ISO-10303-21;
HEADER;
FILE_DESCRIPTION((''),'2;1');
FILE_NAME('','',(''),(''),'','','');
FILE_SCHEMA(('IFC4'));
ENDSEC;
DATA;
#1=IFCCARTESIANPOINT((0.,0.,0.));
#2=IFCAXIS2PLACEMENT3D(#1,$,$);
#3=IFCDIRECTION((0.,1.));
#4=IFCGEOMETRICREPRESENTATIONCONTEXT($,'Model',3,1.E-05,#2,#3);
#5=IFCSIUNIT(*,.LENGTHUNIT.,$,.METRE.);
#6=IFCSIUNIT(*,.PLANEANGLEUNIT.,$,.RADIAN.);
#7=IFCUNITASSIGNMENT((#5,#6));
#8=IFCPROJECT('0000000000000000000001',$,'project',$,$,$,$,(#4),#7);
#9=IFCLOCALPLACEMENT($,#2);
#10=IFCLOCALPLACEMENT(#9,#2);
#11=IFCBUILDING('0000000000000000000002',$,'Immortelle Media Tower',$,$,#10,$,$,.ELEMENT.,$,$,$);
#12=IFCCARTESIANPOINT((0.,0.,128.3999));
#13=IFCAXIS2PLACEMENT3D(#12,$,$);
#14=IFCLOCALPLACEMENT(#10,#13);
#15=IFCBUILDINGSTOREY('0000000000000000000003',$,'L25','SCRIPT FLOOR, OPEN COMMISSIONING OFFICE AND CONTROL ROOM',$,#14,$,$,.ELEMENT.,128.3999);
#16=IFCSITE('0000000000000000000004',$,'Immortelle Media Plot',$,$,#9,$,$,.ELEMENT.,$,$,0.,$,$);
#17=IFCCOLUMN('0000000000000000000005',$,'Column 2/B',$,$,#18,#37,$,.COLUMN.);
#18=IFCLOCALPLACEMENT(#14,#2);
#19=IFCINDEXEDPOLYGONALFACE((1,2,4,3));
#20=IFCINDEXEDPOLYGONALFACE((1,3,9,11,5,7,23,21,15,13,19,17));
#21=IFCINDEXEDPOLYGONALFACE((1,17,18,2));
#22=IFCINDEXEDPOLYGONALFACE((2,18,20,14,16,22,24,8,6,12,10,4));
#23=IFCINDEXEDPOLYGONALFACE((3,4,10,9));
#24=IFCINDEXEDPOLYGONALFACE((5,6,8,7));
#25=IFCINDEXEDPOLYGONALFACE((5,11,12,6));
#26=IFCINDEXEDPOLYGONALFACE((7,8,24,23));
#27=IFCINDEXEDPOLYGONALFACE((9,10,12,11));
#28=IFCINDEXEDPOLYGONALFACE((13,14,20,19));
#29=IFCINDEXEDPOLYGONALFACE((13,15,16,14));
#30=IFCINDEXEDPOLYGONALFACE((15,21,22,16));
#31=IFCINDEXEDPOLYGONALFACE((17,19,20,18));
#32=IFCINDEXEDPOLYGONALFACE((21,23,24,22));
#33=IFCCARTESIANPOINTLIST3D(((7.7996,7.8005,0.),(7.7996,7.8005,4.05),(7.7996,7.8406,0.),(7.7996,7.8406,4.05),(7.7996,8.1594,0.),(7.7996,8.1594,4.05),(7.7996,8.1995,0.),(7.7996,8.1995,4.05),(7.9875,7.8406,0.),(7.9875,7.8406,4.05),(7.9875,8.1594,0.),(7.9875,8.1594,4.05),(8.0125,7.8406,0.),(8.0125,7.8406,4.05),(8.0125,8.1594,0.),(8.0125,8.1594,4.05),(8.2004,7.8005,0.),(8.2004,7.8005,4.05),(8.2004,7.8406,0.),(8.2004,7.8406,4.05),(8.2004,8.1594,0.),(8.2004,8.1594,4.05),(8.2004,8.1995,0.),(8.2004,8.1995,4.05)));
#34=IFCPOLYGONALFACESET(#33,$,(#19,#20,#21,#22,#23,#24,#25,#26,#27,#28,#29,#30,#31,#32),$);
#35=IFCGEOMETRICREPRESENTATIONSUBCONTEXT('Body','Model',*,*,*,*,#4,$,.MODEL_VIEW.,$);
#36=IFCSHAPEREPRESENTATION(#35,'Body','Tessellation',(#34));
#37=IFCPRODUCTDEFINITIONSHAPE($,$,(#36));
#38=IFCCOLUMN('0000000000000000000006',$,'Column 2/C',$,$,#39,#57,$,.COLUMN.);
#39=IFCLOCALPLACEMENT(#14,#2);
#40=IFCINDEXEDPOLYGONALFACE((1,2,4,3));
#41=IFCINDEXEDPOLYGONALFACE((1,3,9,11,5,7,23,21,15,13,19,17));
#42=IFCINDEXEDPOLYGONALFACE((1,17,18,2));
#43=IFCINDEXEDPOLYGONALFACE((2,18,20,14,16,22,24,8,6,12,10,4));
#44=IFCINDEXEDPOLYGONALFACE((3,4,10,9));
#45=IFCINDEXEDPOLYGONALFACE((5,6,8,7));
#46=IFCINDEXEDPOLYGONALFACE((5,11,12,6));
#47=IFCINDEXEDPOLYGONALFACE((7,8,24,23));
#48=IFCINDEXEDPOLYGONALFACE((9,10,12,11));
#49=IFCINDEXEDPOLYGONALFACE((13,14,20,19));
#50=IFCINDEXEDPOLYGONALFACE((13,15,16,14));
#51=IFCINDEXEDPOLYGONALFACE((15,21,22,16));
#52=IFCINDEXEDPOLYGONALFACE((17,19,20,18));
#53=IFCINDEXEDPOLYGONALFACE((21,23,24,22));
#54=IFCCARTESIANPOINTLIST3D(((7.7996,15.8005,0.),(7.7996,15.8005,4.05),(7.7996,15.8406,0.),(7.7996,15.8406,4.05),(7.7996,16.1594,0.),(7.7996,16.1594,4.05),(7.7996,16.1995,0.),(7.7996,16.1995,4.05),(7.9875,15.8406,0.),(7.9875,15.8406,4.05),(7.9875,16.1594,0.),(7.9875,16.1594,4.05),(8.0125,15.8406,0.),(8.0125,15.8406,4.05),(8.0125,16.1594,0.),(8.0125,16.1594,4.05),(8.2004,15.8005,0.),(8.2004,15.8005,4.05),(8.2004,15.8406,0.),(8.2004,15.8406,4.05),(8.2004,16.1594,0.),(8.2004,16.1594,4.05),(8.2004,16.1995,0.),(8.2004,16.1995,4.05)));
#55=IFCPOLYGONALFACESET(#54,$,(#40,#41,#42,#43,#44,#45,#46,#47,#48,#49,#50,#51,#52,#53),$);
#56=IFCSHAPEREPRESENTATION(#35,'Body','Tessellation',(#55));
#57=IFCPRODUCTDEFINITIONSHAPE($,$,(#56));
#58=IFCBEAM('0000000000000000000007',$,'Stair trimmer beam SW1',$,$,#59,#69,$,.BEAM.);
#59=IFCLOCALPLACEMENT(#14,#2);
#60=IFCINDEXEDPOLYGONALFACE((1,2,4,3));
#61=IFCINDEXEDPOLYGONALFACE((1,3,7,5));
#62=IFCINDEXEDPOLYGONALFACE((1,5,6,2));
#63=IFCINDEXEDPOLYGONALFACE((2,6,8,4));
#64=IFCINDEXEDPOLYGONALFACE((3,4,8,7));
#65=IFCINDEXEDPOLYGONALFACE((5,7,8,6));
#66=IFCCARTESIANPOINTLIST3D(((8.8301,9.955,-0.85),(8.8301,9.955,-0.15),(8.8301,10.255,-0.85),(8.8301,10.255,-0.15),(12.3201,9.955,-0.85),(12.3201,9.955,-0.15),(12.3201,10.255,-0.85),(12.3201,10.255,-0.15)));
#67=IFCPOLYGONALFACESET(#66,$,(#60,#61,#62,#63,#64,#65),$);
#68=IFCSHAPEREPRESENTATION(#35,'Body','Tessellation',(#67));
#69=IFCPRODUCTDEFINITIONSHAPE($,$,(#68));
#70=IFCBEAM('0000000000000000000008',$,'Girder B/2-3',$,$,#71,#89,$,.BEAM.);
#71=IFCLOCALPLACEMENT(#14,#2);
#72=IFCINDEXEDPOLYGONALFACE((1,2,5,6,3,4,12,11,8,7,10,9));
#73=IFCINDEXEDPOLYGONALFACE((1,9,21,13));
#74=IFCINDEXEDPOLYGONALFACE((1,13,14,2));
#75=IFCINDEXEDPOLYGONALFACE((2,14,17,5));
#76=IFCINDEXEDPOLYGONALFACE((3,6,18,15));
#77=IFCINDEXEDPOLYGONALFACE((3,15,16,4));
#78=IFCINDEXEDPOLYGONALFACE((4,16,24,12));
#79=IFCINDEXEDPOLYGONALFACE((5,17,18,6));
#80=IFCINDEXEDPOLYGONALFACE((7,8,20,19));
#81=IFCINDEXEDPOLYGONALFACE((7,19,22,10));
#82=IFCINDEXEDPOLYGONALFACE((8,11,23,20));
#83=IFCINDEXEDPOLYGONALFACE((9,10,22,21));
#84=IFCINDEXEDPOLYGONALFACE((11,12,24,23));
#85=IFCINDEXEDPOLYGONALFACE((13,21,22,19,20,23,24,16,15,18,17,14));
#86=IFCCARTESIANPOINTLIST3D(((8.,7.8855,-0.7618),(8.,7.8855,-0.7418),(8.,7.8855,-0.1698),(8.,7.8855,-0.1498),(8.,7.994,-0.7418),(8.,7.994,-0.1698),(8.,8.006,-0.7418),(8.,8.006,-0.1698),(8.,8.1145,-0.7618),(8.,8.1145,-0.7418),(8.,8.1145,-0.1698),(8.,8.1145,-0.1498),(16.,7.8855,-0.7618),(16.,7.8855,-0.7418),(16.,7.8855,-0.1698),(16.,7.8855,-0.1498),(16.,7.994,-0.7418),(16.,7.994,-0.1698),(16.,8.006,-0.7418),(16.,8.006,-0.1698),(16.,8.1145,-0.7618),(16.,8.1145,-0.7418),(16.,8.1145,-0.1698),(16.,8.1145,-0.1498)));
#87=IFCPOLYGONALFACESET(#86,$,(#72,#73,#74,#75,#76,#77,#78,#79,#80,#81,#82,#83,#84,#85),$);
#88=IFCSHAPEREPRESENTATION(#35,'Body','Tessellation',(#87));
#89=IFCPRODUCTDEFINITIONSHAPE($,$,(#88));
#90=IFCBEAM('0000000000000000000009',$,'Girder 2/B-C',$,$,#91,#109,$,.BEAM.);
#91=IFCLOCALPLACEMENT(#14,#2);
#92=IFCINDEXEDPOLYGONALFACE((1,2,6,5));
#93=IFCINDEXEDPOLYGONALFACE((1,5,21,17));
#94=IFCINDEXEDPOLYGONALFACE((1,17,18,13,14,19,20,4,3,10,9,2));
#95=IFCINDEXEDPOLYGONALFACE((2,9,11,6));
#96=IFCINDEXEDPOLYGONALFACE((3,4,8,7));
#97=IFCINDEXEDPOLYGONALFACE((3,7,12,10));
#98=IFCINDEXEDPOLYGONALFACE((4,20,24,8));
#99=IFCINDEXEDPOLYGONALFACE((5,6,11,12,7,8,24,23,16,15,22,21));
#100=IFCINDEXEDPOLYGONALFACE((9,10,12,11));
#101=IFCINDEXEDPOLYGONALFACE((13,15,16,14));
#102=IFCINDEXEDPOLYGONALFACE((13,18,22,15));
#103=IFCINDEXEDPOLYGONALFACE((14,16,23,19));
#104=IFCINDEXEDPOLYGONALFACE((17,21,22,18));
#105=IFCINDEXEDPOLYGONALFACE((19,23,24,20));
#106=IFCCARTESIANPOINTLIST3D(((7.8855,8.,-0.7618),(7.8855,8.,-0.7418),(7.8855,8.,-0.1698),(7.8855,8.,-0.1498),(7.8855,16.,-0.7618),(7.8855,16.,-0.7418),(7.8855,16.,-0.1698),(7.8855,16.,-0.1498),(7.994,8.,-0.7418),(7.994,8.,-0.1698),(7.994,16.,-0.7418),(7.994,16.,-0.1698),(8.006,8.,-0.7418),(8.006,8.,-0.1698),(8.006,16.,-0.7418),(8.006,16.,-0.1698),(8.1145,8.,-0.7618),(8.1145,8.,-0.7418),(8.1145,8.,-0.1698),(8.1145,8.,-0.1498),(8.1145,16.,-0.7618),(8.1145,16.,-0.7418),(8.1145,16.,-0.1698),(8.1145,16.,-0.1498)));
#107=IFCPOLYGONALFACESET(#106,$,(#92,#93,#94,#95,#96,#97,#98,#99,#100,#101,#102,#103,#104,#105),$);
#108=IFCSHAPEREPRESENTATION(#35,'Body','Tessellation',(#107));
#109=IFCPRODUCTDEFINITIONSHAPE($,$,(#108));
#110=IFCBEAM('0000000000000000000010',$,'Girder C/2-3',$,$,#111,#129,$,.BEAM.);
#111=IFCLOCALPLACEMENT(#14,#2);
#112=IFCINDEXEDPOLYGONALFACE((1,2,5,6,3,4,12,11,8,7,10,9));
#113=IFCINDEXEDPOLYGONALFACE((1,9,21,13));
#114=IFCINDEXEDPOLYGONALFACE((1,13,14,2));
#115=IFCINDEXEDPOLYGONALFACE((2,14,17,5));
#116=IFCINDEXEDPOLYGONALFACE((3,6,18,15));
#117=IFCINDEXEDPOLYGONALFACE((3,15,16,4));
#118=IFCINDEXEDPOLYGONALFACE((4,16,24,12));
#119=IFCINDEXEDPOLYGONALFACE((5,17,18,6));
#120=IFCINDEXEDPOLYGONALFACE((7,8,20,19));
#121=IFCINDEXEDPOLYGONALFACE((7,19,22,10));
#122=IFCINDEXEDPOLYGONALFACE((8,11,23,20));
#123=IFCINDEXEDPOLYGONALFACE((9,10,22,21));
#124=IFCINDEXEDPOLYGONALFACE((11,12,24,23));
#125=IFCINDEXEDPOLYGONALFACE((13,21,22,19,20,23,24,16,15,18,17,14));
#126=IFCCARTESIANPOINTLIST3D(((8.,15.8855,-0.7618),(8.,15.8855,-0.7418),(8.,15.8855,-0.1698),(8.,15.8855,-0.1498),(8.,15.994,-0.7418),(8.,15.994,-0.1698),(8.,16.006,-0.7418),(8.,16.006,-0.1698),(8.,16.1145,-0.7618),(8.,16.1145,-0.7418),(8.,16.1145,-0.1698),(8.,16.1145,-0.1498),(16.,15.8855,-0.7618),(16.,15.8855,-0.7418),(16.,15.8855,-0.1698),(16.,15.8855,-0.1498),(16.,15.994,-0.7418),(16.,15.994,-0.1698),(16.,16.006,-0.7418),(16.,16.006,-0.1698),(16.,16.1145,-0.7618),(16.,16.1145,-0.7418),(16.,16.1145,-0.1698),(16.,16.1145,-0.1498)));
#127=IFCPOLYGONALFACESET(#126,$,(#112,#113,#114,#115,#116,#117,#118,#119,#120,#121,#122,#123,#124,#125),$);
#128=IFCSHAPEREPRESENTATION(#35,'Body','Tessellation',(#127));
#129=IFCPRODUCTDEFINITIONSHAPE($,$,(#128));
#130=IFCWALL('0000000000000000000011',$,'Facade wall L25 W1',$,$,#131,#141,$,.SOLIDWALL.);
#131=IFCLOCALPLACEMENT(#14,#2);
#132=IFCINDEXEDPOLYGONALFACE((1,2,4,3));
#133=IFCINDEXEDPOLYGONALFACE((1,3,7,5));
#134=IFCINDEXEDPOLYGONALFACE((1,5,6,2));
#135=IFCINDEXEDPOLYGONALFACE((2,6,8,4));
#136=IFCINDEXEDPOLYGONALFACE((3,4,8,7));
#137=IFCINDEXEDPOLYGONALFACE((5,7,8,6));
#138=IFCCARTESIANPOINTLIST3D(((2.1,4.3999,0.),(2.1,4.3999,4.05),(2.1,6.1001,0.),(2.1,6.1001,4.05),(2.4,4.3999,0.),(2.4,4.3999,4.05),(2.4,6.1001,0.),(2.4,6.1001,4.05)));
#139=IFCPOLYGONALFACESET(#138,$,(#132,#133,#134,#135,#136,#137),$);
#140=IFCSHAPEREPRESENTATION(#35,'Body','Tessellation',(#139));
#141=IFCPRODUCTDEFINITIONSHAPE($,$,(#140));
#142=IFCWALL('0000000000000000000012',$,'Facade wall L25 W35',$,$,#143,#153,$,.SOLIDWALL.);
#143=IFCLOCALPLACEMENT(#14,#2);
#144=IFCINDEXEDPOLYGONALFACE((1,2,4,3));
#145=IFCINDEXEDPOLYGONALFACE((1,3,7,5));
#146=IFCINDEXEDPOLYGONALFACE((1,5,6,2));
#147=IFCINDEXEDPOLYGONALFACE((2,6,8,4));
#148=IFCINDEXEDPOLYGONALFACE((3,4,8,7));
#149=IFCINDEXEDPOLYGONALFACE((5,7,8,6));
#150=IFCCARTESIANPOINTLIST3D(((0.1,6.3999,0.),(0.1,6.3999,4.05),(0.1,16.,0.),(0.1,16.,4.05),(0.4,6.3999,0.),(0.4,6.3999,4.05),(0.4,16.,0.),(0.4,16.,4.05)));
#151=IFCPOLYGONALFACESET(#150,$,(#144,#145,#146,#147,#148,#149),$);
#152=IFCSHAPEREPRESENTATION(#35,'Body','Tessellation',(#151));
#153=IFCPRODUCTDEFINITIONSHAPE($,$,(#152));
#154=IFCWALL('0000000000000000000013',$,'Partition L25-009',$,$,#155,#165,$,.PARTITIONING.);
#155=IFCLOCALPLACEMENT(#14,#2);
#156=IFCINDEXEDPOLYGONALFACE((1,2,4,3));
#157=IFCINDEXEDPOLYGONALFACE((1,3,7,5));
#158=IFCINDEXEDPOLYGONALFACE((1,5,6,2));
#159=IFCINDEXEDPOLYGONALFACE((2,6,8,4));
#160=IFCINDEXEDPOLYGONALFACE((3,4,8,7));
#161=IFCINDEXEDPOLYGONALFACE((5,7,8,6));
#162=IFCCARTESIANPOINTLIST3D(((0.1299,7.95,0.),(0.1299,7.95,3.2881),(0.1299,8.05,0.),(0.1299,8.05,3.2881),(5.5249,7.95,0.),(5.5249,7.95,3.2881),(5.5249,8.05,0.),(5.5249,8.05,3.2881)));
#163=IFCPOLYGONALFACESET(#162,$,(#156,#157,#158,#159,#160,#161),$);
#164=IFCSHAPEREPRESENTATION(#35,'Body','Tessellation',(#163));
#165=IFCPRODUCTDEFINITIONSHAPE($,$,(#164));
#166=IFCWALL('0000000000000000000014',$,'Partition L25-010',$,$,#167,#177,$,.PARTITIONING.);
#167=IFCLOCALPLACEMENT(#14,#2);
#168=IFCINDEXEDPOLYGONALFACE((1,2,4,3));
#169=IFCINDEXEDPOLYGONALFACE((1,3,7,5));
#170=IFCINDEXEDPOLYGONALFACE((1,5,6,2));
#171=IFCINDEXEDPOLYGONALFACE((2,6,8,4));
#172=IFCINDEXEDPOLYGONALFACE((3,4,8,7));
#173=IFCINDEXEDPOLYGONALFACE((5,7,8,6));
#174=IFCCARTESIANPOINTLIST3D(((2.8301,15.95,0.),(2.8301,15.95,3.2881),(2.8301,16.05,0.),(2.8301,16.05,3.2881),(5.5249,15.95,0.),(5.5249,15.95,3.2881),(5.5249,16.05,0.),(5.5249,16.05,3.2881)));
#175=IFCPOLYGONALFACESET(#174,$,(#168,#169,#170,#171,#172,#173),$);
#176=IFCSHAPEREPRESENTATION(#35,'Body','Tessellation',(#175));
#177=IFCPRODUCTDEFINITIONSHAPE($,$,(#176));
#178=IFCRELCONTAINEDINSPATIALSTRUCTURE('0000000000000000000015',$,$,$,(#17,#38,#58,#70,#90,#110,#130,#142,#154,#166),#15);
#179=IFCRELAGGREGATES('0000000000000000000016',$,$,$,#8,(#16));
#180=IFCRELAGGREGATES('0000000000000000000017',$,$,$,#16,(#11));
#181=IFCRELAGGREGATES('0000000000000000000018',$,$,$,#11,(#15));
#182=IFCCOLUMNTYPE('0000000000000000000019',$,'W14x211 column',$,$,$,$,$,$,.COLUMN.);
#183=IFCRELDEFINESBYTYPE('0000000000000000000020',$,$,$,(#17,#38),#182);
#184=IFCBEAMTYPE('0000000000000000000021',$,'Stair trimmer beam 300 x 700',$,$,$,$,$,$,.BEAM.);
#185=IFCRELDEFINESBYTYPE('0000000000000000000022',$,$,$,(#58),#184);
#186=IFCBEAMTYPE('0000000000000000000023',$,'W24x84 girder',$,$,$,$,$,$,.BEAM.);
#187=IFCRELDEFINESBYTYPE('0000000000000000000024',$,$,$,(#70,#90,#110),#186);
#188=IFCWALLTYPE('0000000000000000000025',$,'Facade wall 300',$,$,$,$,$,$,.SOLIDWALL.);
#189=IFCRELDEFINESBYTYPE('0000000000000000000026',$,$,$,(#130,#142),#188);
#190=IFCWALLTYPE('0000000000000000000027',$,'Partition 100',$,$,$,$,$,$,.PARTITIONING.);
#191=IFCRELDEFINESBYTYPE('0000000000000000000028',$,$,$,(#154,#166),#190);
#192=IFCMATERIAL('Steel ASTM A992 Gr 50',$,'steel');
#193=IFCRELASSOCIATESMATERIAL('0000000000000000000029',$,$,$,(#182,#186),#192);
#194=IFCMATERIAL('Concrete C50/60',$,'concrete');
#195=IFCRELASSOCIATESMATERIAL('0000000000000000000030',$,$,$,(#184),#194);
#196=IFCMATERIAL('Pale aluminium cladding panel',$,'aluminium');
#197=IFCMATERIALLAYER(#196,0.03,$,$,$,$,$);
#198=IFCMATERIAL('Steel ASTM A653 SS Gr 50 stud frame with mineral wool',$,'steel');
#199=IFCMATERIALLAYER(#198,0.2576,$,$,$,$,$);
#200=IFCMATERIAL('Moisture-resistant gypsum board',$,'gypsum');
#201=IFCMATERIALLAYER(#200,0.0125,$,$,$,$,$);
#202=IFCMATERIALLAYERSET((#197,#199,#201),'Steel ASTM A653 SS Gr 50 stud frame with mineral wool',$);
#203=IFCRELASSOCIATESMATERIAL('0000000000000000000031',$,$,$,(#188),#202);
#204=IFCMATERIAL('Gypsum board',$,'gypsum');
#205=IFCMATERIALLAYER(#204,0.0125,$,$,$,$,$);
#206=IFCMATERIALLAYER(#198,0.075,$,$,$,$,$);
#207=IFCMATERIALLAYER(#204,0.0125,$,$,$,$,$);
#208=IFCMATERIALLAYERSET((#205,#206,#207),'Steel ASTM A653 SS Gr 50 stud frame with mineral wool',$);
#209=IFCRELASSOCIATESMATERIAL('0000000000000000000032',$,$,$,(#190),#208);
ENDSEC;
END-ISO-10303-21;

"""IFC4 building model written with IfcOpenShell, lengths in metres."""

from ifc_helpers import new_model, si_unit, direction, frame, frame_2d, origin, origin_2d, place, context, subcontext, project, spatial, rectangle, i_section, extrude, material, layer, layer_set, material_profile, profile_set, type_object, element, save


model = new_model("IFC4")

# Units and contexts
model_context = context("Model", 3, precision=1e-05, world=origin(), true_north=direction((0.0, 1.0)))
body_context = subcontext(model_context, "Body", "Model", "MODEL_VIEW")
ifc_project = project(units=[si_unit("LENGTHUNIT", "METRE"), si_unit("PLANEANGLEUNIT", "RADIAN")], contexts=[model_context])

# Site, building, storey
site_placement = place(None, origin())
site = spatial("IfcSite", under=ifc_project, at=site_placement, Name="Immortelle Media Plot", CompositionType="ELEMENT", RefElevation=0.0)
building_placement = place(site_placement, origin())
building = spatial("IfcBuilding", under=site, at=building_placement, Name="Immortelle Media Tower", CompositionType="ELEMENT")
storey_placement = place(building_placement, frame((0.0, 0.0, 128.3999)))
storey = spatial("IfcBuildingStorey", under=building, at=storey_placement, Name="L25", Description="SCRIPT FLOOR, OPEN COMMISSIONING OFFICE AND CONTROL ROOM", CompositionType="ELEMENT", Elevation=128.3999)

# Columns
ifc_material_1 = material(Name="Steel ASTM A992 Gr 50", Category="steel")
ifc_material_profile_1 = material_profile(ifc_material_1, i_section(OverallWidth=0.4009, OverallDepth=0.3989, WebThickness=0.0249, FlangeThickness=0.04, at=origin_2d()), Name="W14x211")
ifc_profile_set_1 = profile_set([ifc_material_profile_1], Name="Steel ASTM A992 Gr 50")
column_type = type_object("IfcColumnType", Name="W14x211 column", PredefinedType="COLUMN", material=ifc_profile_set_1)
for number, where, z_axis, x_axis, name in (
    (1, (8.0, 8.0, 0.0), (0.0, 0.0, 1.0), (1.0, 0.0, 0.0), "Column 2/B"),
    (2, (8.0, 16.0, 0.0), (0.0, 0.0, 1.0), (1.0, 0.0, 0.0), "Column 2/C"),
):
    element("IfcColumn", number, at=place(storey_placement, frame(where, z_axis=z_axis, x_axis=x_axis)), inside=storey, type_object=column_type, Name=name, PredefinedType="COLUMN", context=body_context, shape_type="SweptSolid", body=[
        extrude(i_section(OverallWidth=0.4009, OverallDepth=0.3989, WebThickness=0.0249, FlangeThickness=0.04, at=origin_2d()), origin(), (0.0, 0.0, 1.0), 4.05),
    ])

# Beams
ifc_material_2 = material(Name="Concrete C50/60", Category="concrete")
ifc_material_profile_2 = material_profile(ifc_material_2, rectangle(XDim=0.3, YDim=0.7, at=origin_2d()), Name="RC 300x700")
ifc_profile_set_2 = profile_set([ifc_material_profile_2], Name="Concrete C50/60")
beam_type_1 = type_object("IfcBeamType", Name="Stair trimmer beam 300 x 700", PredefinedType="BEAM", material=ifc_profile_set_2)
beam_placement = place(storey_placement, frame((8.8301, 10.105, -0.5), z_axis=(1.0, 0.0, 0.0), x_axis=(0.0, 1.0, 0.0)))
element("IfcBeam", 3, at=beam_placement, inside=storey, type_object=beam_type_1, Name="Stair trimmer beam SW1", PredefinedType="BEAM", context=body_context, shape_type="SweptSolid", body=[
    extrude(rectangle(XDim=0.3, YDim=0.7, at=origin_2d()), origin(), (0.0, 0.0, 1.0), 3.49),
])
ifc_material_profile_3 = material_profile(ifc_material_1, i_section(OverallWidth=0.229, OverallDepth=0.6121, WebThickness=0.012, FlangeThickness=0.02, at=origin_2d()), Name="W24x84")
ifc_profile_set_3 = profile_set([ifc_material_profile_3], Name="Steel ASTM A992 Gr 50")
beam_type_2 = type_object("IfcBeamType", Name="W24x84 girder", PredefinedType="BEAM", material=ifc_profile_set_3)
for number, where, z_axis, x_axis, name in (
    (4, (8.0, 8.0, -0.4558), (1.0, 0.0, 0.0), (0.0, 1.0, 0.0), "Girder B/2-3"),
    (5, (8.0, 8.0, -0.4558), (0.0, 1.0, 0.0), (-1.0, 0.0, 0.0), "Girder 2/B-C"),
    (6, (8.0, 16.0, -0.4558), (1.0, 0.0, 0.0), (0.0, 1.0, 0.0), "Girder C/2-3"),
):
    element("IfcBeam", number, at=place(storey_placement, frame(where, z_axis=z_axis, x_axis=x_axis)), inside=storey, type_object=beam_type_2, Name=name, PredefinedType="BEAM", context=body_context, shape_type="SweptSolid", body=[
        extrude(i_section(OverallWidth=0.229, OverallDepth=0.6121, WebThickness=0.012, FlangeThickness=0.02, at=origin_2d()), origin(), (0.0, 0.0, 1.0), 8.0),
    ])

# Walls
ifc_material_3 = material(Name="Pale aluminium cladding panel", Category="aluminium")
ifc_layer_1 = layer(ifc_material_3, 0.03)
ifc_material_4 = material(Name="Steel ASTM A653 SS Gr 50 stud frame with mineral wool", Category="steel")
ifc_layer_2 = layer(ifc_material_4, 0.2576)
ifc_material_5 = material(Name="Moisture-resistant gypsum board", Category="gypsum")
ifc_layer_3 = layer(ifc_material_5, 0.0125)
ifc_layer_set_1 = layer_set([ifc_layer_1, ifc_layer_2, ifc_layer_3], Name="Steel ASTM A653 SS Gr 50 stud frame with mineral wool")
wall_type_1 = type_object("IfcWallType", Name="Facade wall 300", PredefinedType="SOLIDWALL", material=ifc_layer_set_1)
wall_1_placement = place(storey_placement, frame((2.25, 6.1001, 0.0), z_axis=(0.0, 0.0, 1.0), x_axis=(0.0, -1.0, 0.0)))
element("IfcWall", 7, at=wall_1_placement, inside=storey, type_object=wall_type_1, Name="Facade wall L25 W1", PredefinedType="SOLIDWALL", context=body_context, shape_type="SweptSolid", body=[
    extrude(rectangle(XDim=1.7002, YDim=0.3, at=frame_2d((0.8501, 0.0))), origin(), (0.0, 0.0, 1.0), 4.05),
])
wall_2_placement = place(storey_placement, frame((0.25, 16.0, 0.0), z_axis=(0.0, 0.0, 1.0), x_axis=(0.0, -1.0, 0.0)))
element("IfcWall", 8, at=wall_2_placement, inside=storey, type_object=wall_type_1, Name="Facade wall L25 W35", PredefinedType="SOLIDWALL", context=body_context, shape_type="SweptSolid", body=[
    extrude(rectangle(XDim=9.6001, YDim=0.3, at=frame_2d((4.8, 0.0))), origin(), (0.0, 0.0, 1.0), 4.05),
])
ifc_material_6 = material(Name="Gypsum board", Category="gypsum")
ifc_layer_4 = layer(ifc_material_6, 0.0125)
ifc_layer_5 = layer(ifc_material_4, 0.075)
ifc_layer_6 = layer(ifc_material_6, 0.0125)
ifc_layer_set_2 = layer_set([ifc_layer_4, ifc_layer_5, ifc_layer_6], Name="Steel ASTM A653 SS Gr 50 stud frame with mineral wool")
wall_type_2 = type_object("IfcWallType", Name="Partition 100", PredefinedType="PARTITIONING", material=ifc_layer_set_2)
wall_3_placement = place(storey_placement, frame((0.1299, 8.0, 0.0), z_axis=(0.0, 0.0, 1.0), x_axis=(1.0, 0.0, 0.0)))
element("IfcWall", 9, at=wall_3_placement, inside=storey, type_object=wall_type_2, Name="Partition L25-009", PredefinedType="PARTITIONING", context=body_context, shape_type="SweptSolid", body=[
    extrude(rectangle(XDim=5.395, YDim=0.1001, at=frame_2d((2.6975, 0.0))), origin(), (0.0, 0.0, 1.0), 3.2881),
])
wall_4_placement = place(storey_placement, frame((2.8301, 16.0, 0.0), z_axis=(0.0, 0.0, 1.0), x_axis=(1.0, 0.0, 0.0)))
element("IfcWall", 10, at=wall_4_placement, inside=storey, type_object=wall_type_2, Name="Partition L25-010", PredefinedType="PARTITIONING", context=body_context, shape_type="SweptSolid", body=[
    extrude(rectangle(XDim=2.6948, YDim=0.1001, at=frame_2d((1.3474, 0.0))), origin(), (0.0, 0.0, 1.0), 3.2881),
])

save(model, "model.ifc")
